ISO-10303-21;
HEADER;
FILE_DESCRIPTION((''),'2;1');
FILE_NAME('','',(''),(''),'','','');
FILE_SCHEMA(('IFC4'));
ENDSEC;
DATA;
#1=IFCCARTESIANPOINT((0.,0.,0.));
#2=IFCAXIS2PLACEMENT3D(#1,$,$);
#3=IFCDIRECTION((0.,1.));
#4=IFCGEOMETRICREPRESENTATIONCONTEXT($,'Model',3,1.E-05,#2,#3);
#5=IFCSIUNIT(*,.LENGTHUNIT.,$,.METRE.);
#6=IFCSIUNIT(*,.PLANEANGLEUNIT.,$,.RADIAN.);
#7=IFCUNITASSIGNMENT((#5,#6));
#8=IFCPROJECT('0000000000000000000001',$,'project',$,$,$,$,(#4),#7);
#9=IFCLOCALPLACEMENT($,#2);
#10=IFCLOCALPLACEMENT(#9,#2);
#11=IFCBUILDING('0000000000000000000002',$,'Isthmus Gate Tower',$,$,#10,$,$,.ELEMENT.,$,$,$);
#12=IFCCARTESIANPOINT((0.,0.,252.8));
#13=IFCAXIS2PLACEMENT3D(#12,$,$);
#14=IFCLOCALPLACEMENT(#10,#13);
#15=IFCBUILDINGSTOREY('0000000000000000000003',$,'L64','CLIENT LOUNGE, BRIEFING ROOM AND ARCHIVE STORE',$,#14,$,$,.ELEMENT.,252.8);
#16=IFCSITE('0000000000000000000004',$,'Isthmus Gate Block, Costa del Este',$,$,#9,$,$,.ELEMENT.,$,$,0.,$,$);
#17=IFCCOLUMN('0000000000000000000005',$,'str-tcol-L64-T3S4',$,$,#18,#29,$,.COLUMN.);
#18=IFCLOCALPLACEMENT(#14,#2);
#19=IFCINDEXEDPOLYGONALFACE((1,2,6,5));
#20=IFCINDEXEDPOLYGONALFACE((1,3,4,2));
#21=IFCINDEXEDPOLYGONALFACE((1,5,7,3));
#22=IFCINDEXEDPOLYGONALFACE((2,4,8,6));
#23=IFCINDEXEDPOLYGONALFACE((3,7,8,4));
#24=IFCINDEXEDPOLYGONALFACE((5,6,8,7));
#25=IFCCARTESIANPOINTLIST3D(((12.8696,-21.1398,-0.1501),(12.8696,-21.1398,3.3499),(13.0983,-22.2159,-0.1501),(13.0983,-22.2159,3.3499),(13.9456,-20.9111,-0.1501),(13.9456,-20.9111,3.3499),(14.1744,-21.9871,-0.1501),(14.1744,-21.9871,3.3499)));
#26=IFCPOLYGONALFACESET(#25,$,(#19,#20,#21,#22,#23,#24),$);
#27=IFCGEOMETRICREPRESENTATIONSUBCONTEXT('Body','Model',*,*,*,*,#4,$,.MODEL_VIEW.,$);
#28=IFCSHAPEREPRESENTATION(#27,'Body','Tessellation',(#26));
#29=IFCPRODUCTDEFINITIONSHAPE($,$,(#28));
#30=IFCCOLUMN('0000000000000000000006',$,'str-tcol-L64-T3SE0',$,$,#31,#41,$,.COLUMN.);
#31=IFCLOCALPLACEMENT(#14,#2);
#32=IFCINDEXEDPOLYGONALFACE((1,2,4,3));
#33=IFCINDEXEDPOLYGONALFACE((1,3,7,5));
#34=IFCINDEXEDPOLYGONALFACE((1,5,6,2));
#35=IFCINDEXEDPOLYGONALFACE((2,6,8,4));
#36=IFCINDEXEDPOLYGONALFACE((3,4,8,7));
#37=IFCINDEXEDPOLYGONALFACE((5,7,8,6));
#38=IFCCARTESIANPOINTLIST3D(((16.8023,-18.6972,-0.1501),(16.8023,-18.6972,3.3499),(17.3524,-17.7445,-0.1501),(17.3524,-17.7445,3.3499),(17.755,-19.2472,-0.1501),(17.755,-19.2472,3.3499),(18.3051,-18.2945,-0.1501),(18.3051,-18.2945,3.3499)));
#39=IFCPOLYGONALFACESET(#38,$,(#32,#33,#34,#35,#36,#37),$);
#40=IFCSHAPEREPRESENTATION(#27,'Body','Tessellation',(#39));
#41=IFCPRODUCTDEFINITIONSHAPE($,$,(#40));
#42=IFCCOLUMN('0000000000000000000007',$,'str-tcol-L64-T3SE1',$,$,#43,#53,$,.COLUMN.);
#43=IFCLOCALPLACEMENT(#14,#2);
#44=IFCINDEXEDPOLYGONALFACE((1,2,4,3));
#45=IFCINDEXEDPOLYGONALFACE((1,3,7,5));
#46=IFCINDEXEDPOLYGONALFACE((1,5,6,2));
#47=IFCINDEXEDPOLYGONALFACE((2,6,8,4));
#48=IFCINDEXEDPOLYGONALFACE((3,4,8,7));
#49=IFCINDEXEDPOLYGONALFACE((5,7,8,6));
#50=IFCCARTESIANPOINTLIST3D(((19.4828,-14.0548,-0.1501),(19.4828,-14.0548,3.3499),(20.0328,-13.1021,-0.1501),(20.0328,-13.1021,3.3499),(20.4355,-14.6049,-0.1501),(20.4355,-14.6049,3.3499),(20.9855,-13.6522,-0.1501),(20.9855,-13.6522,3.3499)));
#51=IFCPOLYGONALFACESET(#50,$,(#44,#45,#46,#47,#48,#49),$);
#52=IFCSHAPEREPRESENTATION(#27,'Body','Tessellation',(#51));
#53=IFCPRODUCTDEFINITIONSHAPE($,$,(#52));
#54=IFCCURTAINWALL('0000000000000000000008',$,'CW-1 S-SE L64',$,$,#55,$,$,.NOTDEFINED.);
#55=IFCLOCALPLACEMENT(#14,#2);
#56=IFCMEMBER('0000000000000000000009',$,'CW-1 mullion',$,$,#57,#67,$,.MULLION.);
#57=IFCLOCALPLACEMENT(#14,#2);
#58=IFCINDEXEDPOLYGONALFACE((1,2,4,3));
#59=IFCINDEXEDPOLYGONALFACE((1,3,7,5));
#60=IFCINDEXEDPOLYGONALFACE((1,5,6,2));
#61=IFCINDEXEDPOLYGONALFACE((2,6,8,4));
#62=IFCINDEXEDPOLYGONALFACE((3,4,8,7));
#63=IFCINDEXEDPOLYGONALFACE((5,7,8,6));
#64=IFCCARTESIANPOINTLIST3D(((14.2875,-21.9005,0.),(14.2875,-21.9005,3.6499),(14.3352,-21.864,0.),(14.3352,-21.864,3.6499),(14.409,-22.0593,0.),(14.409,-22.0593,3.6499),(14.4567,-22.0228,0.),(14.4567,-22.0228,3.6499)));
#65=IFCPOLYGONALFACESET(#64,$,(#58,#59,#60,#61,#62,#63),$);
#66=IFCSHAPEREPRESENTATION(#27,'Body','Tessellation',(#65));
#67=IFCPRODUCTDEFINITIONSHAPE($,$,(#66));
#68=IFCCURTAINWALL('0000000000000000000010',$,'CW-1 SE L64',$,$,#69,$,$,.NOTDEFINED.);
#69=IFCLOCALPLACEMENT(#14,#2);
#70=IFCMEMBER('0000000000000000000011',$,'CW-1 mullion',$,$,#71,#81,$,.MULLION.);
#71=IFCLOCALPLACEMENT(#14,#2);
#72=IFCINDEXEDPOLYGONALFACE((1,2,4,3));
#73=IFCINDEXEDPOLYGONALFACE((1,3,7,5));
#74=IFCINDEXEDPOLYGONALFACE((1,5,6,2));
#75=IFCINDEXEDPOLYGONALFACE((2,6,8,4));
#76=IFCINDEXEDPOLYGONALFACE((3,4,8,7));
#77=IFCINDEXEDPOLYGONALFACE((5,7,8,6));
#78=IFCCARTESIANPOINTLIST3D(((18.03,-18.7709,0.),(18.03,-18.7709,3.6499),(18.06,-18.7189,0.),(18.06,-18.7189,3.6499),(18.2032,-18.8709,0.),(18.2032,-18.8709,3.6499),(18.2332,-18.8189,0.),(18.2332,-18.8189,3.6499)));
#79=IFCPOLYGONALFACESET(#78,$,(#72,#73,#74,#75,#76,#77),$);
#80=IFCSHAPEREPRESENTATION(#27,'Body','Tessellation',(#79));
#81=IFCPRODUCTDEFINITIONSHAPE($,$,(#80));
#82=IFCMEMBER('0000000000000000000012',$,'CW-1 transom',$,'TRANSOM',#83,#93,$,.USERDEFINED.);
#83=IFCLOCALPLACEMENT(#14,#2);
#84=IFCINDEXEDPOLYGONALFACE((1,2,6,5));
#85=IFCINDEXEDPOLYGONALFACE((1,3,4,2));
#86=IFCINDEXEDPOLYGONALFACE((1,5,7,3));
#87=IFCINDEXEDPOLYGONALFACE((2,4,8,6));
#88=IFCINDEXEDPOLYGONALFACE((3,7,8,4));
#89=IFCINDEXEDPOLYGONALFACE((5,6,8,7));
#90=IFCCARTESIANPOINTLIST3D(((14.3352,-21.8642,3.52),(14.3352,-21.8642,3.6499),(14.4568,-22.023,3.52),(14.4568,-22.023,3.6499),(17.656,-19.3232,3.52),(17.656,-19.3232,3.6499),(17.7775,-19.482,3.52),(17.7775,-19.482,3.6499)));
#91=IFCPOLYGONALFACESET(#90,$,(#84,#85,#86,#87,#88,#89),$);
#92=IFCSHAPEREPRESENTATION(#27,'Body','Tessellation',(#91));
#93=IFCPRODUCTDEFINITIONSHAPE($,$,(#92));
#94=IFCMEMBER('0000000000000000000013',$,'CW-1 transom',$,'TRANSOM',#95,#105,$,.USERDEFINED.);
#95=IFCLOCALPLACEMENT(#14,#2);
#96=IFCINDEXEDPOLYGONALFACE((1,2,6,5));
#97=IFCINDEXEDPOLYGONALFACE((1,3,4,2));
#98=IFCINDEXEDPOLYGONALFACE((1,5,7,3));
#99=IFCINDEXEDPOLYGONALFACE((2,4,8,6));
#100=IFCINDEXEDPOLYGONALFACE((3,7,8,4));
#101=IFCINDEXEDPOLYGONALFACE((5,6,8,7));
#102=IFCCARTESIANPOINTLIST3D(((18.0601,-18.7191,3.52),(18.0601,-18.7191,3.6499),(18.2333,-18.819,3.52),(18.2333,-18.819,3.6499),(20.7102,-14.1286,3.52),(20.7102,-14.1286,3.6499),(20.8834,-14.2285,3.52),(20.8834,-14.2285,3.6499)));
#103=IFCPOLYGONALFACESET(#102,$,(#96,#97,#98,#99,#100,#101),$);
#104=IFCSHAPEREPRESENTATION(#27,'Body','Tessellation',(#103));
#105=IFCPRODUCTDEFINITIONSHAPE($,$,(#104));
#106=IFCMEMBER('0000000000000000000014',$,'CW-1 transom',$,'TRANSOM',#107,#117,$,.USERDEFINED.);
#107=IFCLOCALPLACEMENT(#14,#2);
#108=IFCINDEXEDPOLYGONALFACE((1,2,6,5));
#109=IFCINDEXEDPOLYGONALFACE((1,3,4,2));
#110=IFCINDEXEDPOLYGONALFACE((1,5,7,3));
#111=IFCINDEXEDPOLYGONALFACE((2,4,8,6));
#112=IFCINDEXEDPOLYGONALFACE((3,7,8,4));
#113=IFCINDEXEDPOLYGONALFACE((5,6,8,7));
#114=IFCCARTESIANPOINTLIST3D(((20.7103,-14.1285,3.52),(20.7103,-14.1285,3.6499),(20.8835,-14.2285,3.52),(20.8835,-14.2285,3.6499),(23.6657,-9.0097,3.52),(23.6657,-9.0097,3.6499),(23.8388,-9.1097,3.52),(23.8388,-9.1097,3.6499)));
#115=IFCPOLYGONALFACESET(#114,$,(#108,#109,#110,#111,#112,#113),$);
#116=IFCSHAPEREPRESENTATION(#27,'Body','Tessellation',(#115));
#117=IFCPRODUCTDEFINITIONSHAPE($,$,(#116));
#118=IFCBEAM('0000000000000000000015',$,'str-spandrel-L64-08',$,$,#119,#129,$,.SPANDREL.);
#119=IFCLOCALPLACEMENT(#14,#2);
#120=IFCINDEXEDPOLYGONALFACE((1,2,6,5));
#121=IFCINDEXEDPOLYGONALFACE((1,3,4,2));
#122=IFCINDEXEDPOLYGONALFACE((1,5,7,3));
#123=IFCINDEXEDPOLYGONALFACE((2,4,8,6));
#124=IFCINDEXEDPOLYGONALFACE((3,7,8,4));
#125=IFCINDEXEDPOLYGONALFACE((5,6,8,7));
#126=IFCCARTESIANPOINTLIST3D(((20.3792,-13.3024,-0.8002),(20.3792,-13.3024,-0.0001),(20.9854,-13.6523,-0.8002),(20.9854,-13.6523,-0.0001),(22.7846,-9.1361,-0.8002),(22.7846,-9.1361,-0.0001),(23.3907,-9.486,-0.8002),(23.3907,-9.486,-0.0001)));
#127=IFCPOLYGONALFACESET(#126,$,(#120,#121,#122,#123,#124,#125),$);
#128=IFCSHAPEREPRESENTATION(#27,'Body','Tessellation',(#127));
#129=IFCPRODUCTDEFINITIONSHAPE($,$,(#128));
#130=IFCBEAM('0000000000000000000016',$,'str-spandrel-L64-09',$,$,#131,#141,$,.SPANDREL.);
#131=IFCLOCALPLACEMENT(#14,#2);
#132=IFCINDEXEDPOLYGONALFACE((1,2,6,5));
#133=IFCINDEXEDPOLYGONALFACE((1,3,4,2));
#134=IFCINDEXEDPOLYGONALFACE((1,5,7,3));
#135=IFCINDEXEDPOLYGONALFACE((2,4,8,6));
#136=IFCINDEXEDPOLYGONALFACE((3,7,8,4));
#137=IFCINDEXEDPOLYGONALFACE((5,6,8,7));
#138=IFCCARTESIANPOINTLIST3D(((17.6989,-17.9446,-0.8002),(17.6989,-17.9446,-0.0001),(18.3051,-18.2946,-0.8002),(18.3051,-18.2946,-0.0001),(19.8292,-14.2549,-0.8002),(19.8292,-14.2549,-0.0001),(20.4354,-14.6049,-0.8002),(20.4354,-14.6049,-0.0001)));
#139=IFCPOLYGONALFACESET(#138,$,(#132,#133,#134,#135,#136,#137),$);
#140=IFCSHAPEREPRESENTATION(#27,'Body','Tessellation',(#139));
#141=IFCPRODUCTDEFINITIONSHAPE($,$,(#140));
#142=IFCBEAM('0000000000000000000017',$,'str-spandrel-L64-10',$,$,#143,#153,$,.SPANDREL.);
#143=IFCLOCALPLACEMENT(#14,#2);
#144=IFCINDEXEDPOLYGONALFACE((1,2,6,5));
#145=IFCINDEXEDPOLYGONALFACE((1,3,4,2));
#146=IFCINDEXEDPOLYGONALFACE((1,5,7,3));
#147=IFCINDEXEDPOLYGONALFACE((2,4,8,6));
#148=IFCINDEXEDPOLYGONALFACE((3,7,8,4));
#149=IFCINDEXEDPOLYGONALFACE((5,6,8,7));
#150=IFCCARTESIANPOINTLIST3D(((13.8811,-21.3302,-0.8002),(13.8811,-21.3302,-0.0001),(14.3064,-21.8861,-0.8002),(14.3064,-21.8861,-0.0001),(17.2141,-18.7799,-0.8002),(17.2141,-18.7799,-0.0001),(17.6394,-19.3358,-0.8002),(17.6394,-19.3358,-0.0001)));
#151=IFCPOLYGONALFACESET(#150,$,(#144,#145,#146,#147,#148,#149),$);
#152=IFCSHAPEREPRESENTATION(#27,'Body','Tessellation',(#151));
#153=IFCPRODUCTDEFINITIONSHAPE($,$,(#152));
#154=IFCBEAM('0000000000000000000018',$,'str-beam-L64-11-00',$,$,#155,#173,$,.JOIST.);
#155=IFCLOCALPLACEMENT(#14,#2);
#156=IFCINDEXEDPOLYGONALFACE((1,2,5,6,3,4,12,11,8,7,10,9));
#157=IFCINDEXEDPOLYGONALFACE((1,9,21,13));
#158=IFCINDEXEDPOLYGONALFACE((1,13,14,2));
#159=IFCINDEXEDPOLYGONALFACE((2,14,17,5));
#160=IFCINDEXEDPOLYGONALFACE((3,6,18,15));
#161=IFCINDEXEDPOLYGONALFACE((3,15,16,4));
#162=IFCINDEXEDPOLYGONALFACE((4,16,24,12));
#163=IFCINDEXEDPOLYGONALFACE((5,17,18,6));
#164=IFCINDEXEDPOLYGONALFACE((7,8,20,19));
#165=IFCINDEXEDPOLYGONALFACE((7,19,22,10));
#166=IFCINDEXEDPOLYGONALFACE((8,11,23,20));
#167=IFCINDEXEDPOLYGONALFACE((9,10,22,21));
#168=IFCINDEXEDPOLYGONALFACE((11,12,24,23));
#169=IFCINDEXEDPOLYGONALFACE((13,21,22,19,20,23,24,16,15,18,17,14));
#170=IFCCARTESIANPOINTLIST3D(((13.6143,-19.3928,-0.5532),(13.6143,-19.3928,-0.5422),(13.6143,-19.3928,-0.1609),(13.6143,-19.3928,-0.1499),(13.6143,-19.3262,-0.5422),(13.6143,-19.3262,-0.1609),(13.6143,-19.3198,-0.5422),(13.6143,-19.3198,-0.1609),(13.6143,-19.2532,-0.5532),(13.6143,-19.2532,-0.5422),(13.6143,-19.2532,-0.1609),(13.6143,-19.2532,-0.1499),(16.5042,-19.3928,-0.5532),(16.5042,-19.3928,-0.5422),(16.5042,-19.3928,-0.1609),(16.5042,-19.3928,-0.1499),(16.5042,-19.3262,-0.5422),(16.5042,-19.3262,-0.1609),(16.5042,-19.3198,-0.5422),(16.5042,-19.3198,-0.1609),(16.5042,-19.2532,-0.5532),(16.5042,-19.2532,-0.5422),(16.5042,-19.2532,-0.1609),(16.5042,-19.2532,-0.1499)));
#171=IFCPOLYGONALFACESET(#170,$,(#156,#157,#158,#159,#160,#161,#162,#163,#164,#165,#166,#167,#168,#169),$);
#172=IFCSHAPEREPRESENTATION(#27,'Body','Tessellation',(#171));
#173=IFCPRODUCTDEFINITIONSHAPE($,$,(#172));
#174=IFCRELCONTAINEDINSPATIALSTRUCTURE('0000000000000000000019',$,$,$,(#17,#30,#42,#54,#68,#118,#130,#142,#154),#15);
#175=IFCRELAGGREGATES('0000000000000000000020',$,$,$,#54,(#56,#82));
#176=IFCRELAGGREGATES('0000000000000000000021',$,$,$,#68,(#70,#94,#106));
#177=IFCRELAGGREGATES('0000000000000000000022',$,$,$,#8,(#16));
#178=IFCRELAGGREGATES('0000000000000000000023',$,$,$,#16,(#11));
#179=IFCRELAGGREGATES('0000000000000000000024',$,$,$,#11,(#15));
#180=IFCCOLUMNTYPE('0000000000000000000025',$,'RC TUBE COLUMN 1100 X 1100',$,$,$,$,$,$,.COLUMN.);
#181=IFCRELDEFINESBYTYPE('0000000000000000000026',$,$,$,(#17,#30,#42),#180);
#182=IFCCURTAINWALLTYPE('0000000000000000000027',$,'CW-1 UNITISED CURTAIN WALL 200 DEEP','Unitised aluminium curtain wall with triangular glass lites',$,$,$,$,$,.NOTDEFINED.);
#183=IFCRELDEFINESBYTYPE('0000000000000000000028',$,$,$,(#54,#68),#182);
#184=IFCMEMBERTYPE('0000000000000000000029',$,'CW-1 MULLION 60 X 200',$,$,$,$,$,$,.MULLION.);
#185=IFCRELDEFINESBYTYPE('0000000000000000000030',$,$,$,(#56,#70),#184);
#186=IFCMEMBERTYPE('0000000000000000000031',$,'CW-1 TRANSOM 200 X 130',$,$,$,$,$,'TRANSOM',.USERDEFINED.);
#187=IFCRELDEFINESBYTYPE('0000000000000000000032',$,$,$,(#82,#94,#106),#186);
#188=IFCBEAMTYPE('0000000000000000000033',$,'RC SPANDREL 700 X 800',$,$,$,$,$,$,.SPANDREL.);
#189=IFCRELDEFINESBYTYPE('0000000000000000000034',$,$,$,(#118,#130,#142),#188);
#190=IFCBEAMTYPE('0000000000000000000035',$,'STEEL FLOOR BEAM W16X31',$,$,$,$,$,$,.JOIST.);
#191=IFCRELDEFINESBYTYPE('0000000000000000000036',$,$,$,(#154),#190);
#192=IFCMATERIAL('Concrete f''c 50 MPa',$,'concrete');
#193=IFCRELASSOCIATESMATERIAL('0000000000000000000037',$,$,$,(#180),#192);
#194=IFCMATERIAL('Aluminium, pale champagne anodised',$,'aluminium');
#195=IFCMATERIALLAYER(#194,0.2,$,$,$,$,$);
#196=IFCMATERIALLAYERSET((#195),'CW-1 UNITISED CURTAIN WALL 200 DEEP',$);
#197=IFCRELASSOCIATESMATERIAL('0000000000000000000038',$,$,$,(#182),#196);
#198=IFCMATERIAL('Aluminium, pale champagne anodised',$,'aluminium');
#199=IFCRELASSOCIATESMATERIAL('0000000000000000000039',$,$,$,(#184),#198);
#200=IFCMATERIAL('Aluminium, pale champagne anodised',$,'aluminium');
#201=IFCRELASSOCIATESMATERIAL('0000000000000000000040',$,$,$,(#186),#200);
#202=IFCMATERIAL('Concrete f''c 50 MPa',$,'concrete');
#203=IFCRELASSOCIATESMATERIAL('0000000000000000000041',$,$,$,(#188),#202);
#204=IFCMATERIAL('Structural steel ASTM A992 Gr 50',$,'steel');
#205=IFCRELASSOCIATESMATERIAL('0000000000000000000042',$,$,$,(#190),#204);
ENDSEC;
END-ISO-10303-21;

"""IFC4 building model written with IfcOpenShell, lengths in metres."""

from ifc_helpers import new_model, si_unit, direction, frame, origin, origin_2d, place, context, subcontext, project, spatial, rectangle, i_section, extrude, material, layer, layer_set, material_profile, profile_set, type_object, element, aggregate, save


model = new_model("IFC4")

# Units and contexts
model_context = context("Model", 3, precision=1e-05, world=origin(), true_north=direction((0.0, 1.0)))
body_context = subcontext(model_context, "Body", "Model", "MODEL_VIEW")
ifc_project = project(units=[si_unit("LENGTHUNIT", "METRE"), si_unit("PLANEANGLEUNIT", "RADIAN")], contexts=[model_context])

# Site, building, storey
site_placement = place(None, origin())
site = spatial("IfcSite", under=ifc_project, at=site_placement, Name="Isthmus Gate Block, Costa del Este", CompositionType="ELEMENT", RefElevation=0.0)
building_placement = place(site_placement, origin())
building = spatial("IfcBuilding", under=site, at=building_placement, Name="Isthmus Gate Tower", CompositionType="ELEMENT")
storey_placement = place(building_placement, frame((0.0, 0.0, 252.8)))
storey = spatial("IfcBuildingStorey", under=building, at=storey_placement, Name="L64", Description="CLIENT LOUNGE, BRIEFING ROOM AND ARCHIVE STORE", CompositionType="ELEMENT", Elevation=252.8)

# Columns
ifc_material_1 = material(Name="Concrete f'c 50 MPa", Category="concrete")
ifc_material_profile_1 = material_profile(ifc_material_1, rectangle(XDim=1.1001, YDim=1.1001, at=origin_2d()), Name="RC 1100X1100")
ifc_profile_set_1 = profile_set([ifc_material_profile_1], Name="Concrete f'c 50 MPa")
column_type = type_object("IfcColumnType", Name="RC TUBE COLUMN 1100 X 1100", PredefinedType="COLUMN", material=ifc_profile_set_1)
for number, where, z_axis, x_axis, name in (
    (1, (13.522, -21.5635, -0.1501), (0.0, 0.0, 1.0), (0.978148, 0.207912, 0.0), "str-tcol-L64-T3S4"),
    (2, (17.5537, -18.4958, -0.1501), (0.0, 0.0, 1.0), (0.5, 0.866025, 0.0), "str-tcol-L64-T3SE0"),
    (3, (20.2341, -13.8535, -0.1501), (0.0, 0.0, 1.0), (0.5, 0.866025, 0.0), "str-tcol-L64-T3SE1"),
):
    element("IfcColumn", number, at=place(storey_placement, frame(where, z_axis=z_axis, x_axis=x_axis)), inside=storey, type_object=column_type, Name=name, PredefinedType="COLUMN", context=body_context, shape_type="SweptSolid", body=[
        extrude(rectangle(XDim=1.1001, YDim=1.1001, at=origin_2d()), origin(), (0.0, 0.0, 1.0), 3.5),
    ])

# Curtain walls, members
ifc_material_2 = material(Name="Aluminium, pale champagne anodised", Category="aluminium")
ifc_layer_1 = layer(ifc_material_2, 0.2)
ifc_layer_set_1 = layer_set([ifc_layer_1], Name="CW-1 UNITISED CURTAIN WALL 200 DEEP")
curtain_wall_type = type_object("IfcCurtainWallType", Name="CW-1 UNITISED CURTAIN WALL 200 DEEP", Description="Unitised aluminium curtain wall with triangular glass lites", PredefinedType="NOTDEFINED", material=ifc_layer_set_1)
curtain_wall_1_placement = place(storey_placement, origin())
curtain_wall_1 = element("IfcCurtainWall", 4, at=curtain_wall_1_placement, inside=storey, type_object=curtain_wall_type, Name="CW-1 S-SE L64", PredefinedType="NOTDEFINED")
ifc_material_3 = material(Name="Aluminium, pale champagne anodised", Category="aluminium")
ifc_material_profile_2 = material_profile(ifc_material_3, rectangle(XDim=0.0601, YDim=0.2, at=origin_2d()), Name="60x200")
ifc_profile_set_2 = profile_set([ifc_material_profile_2], Name="Aluminium, pale champagne anodised")
member_type_1 = type_object("IfcMemberType", Name="CW-1 MULLION 60 X 200", PredefinedType="MULLION", material=ifc_profile_set_2)
member_1_placement = place(storey_placement, frame((14.3721, -21.9617, 0.0), z_axis=(0.0, 0.0, 1.0), x_axis=(0.794189, 0.607671, 0.0)))
member_1 = element("IfcMember", 5, at=member_1_placement, type_object=member_type_1, Name="CW-1 mullion", PredefinedType="MULLION", context=body_context, shape_type="SweptSolid", body=[
    extrude(rectangle(XDim=0.0601, YDim=0.2, at=origin_2d()), origin(), (0.0, 0.0, 1.0), 3.6499),
])
curtain_wall_2_placement = place(storey_placement, origin())
curtain_wall_2 = element("IfcCurtainWall", 6, at=curtain_wall_2_placement, inside=storey, type_object=curtain_wall_type, Name="CW-1 SE L64", PredefinedType="NOTDEFINED")
member_2_placement = place(storey_placement, frame((18.1316, -18.7949, 0.0), z_axis=(0.0, 0.0, 1.0), x_axis=(0.5, 0.866025, 0.0)))
member_2 = element("IfcMember", 7, at=member_2_placement, type_object=member_type_1, Name="CW-1 mullion", PredefinedType="MULLION", context=body_context, shape_type="SweptSolid", body=[
    extrude(rectangle(XDim=0.0601, YDim=0.2, at=origin_2d()), origin(), (0.0, 0.0, 1.0), 3.6499),
])

# Members
ifc_material_4 = material(Name="Aluminium, pale champagne anodised", Category="aluminium")
ifc_material_profile_3 = material_profile(ifc_material_4, rectangle(XDim=0.2, YDim=0.1299, at=origin_2d()), Name="200x130")
ifc_profile_set_3 = profile_set([ifc_material_profile_3], Name="Aluminium, pale champagne anodised")
member_type_2 = type_object("IfcMemberType", Name="CW-1 TRANSOM 200 X 130", ElementType="TRANSOM", PredefinedType="USERDEFINED", material=ifc_profile_set_3)
member_3_placement = place(storey_placement, frame((14.396, -21.9436, 3.585), z_axis=(0.794175, 0.607688, 0.0), x_axis=(-0.607688, 0.794175, 0.0)))
member_3 = element("IfcMember", 8, at=member_3_placement, type_object=member_type_2, Name="CW-1 transom", ObjectType="TRANSOM", PredefinedType="USERDEFINED", context=body_context, shape_type="SweptSolid", body=[
    extrude(rectangle(XDim=0.2, YDim=0.1299, at=origin_2d()), origin(), (0.0, 0.0, 1.0), 4.1814),
])
member_4_placement = place(storey_placement, frame((18.1467, -18.769, 3.585), z_axis=(0.499968, 0.866044, 0.0), x_axis=(-0.866044, 0.499968, 0.0)))
member_4 = element("IfcMember", 9, at=member_4_placement, type_object=member_type_2, Name="CW-1 transom", ObjectType="TRANSOM", PredefinedType="USERDEFINED", context=body_context, shape_type="SweptSolid", body=[
    extrude(rectangle(XDim=0.2, YDim=0.1299, at=origin_2d()), origin(), (0.0, 0.0, 1.0), 5.3005),
])
member_5_placement = place(storey_placement, frame((20.7969, -14.1785, 3.585), z_axis=(0.500008, 0.86602, 0.0), x_axis=(-0.86602, 0.500008, 0.0)))
member_5 = element("IfcMember", 10, at=member_5_placement, type_object=member_type_2, Name="CW-1 transom", ObjectType="TRANSOM", PredefinedType="USERDEFINED", context=body_context, shape_type="SweptSolid", body=[
    extrude(rectangle(XDim=0.2, YDim=0.1299, at=origin_2d()), origin(), (0.0, 0.0, 1.0), 5.9106),
])

# Beams
ifc_material_5 = material(Name="Concrete f'c 50 MPa", Category="concrete")
ifc_material_profile_4 = material_profile(ifc_material_5, rectangle(XDim=0.7, YDim=0.8, at=origin_2d()), Name="RC 700X800")
ifc_profile_set_4 = profile_set([ifc_material_profile_4], Name="Concrete f'c 50 MPa")
beam_type_1 = type_object("IfcBeamType", Name="RC SPANDREL 700 X 800", PredefinedType="SPANDREL", material=ifc_profile_set_4)
beam_1_placement = place(storey_placement, frame((23.0876, -9.311, -0.4001), z_axis=(-0.499982, -0.866036, 0.0), x_axis=(0.866036, -0.499982, 0.0)))
element("IfcBeam", 11, at=beam_1_placement, inside=storey, type_object=beam_type_1, Name="str-spandrel-L64-08", PredefinedType="SPANDREL", context=body_context, shape_type="SweptSolid", body=[
    extrude(rectangle(XDim=0.7, YDim=0.8, at=origin_2d()), origin(), (0.0, 0.0, 1.0), 4.8108),
])
beam_2_placement = place(storey_placement, frame((20.1323, -14.4299, -0.4001), z_axis=(-0.500022, -0.866013, 0.0), x_axis=(0.866013, -0.500022, 0.0)))
element("IfcBeam", 12, at=beam_2_placement, inside=storey, type_object=beam_type_1, Name="str-spandrel-L64-09", PredefinedType="SPANDREL", context=body_context, shape_type="SweptSolid", body=[
    extrude(rectangle(XDim=0.7, YDim=0.8, at=origin_2d()), origin(), (0.0, 0.0, 1.0), 4.2605),
])
beam_3_placement = place(storey_placement, frame((17.4268, -19.0579, -0.4001), z_axis=(-0.794183, -0.607679, 0.0), x_axis=(0.607679, -0.794183, 0.0)))
element("IfcBeam", 13, at=beam_3_placement, inside=storey, type_object=beam_type_1, Name="str-spandrel-L64-10", PredefinedType="SPANDREL", context=body_context, shape_type="SweptSolid", body=[
    extrude(rectangle(XDim=0.7, YDim=0.8, at=origin_2d()), origin(), (0.0, 0.0, 1.0), 4.1968),
])
ifc_material_6 = material(Name="Structural steel ASTM A992 Gr 50", Category="steel")
ifc_material_profile_5 = material_profile(ifc_material_6, i_section(OverallWidth=0.1396, OverallDepth=0.4033, WebThickness=0.0063, FlangeThickness=0.011, at=origin_2d()), Name="W16X31")
ifc_profile_set_5 = profile_set([ifc_material_profile_5], Name="Structural steel ASTM A992 Gr 50")
beam_type_2 = type_object("IfcBeamType", Name="STEEL FLOOR BEAM W16X31", PredefinedType="JOIST", material=ifc_profile_set_5)
beam_4_placement = place(storey_placement, frame((13.6143, -19.323, -0.3516), z_axis=(1.0, 0.0, 0.0), x_axis=(0.0, 1.0, 0.0)))
element("IfcBeam", 14, at=beam_4_placement, inside=storey, type_object=beam_type_2, Name="str-beam-L64-11-00", PredefinedType="JOIST", context=body_context, shape_type="SweptSolid", body=[
    extrude(i_section(OverallWidth=0.1396, OverallDepth=0.4033, WebThickness=0.0063, FlangeThickness=0.011, at=origin_2d()), origin(), (0.0, 0.0, 1.0), 2.8899),
])

aggregate(curtain_wall_1, [member_1, member_3])
aggregate(curtain_wall_2, [member_2, member_4, member_5])

save(model, "model.ifc")
